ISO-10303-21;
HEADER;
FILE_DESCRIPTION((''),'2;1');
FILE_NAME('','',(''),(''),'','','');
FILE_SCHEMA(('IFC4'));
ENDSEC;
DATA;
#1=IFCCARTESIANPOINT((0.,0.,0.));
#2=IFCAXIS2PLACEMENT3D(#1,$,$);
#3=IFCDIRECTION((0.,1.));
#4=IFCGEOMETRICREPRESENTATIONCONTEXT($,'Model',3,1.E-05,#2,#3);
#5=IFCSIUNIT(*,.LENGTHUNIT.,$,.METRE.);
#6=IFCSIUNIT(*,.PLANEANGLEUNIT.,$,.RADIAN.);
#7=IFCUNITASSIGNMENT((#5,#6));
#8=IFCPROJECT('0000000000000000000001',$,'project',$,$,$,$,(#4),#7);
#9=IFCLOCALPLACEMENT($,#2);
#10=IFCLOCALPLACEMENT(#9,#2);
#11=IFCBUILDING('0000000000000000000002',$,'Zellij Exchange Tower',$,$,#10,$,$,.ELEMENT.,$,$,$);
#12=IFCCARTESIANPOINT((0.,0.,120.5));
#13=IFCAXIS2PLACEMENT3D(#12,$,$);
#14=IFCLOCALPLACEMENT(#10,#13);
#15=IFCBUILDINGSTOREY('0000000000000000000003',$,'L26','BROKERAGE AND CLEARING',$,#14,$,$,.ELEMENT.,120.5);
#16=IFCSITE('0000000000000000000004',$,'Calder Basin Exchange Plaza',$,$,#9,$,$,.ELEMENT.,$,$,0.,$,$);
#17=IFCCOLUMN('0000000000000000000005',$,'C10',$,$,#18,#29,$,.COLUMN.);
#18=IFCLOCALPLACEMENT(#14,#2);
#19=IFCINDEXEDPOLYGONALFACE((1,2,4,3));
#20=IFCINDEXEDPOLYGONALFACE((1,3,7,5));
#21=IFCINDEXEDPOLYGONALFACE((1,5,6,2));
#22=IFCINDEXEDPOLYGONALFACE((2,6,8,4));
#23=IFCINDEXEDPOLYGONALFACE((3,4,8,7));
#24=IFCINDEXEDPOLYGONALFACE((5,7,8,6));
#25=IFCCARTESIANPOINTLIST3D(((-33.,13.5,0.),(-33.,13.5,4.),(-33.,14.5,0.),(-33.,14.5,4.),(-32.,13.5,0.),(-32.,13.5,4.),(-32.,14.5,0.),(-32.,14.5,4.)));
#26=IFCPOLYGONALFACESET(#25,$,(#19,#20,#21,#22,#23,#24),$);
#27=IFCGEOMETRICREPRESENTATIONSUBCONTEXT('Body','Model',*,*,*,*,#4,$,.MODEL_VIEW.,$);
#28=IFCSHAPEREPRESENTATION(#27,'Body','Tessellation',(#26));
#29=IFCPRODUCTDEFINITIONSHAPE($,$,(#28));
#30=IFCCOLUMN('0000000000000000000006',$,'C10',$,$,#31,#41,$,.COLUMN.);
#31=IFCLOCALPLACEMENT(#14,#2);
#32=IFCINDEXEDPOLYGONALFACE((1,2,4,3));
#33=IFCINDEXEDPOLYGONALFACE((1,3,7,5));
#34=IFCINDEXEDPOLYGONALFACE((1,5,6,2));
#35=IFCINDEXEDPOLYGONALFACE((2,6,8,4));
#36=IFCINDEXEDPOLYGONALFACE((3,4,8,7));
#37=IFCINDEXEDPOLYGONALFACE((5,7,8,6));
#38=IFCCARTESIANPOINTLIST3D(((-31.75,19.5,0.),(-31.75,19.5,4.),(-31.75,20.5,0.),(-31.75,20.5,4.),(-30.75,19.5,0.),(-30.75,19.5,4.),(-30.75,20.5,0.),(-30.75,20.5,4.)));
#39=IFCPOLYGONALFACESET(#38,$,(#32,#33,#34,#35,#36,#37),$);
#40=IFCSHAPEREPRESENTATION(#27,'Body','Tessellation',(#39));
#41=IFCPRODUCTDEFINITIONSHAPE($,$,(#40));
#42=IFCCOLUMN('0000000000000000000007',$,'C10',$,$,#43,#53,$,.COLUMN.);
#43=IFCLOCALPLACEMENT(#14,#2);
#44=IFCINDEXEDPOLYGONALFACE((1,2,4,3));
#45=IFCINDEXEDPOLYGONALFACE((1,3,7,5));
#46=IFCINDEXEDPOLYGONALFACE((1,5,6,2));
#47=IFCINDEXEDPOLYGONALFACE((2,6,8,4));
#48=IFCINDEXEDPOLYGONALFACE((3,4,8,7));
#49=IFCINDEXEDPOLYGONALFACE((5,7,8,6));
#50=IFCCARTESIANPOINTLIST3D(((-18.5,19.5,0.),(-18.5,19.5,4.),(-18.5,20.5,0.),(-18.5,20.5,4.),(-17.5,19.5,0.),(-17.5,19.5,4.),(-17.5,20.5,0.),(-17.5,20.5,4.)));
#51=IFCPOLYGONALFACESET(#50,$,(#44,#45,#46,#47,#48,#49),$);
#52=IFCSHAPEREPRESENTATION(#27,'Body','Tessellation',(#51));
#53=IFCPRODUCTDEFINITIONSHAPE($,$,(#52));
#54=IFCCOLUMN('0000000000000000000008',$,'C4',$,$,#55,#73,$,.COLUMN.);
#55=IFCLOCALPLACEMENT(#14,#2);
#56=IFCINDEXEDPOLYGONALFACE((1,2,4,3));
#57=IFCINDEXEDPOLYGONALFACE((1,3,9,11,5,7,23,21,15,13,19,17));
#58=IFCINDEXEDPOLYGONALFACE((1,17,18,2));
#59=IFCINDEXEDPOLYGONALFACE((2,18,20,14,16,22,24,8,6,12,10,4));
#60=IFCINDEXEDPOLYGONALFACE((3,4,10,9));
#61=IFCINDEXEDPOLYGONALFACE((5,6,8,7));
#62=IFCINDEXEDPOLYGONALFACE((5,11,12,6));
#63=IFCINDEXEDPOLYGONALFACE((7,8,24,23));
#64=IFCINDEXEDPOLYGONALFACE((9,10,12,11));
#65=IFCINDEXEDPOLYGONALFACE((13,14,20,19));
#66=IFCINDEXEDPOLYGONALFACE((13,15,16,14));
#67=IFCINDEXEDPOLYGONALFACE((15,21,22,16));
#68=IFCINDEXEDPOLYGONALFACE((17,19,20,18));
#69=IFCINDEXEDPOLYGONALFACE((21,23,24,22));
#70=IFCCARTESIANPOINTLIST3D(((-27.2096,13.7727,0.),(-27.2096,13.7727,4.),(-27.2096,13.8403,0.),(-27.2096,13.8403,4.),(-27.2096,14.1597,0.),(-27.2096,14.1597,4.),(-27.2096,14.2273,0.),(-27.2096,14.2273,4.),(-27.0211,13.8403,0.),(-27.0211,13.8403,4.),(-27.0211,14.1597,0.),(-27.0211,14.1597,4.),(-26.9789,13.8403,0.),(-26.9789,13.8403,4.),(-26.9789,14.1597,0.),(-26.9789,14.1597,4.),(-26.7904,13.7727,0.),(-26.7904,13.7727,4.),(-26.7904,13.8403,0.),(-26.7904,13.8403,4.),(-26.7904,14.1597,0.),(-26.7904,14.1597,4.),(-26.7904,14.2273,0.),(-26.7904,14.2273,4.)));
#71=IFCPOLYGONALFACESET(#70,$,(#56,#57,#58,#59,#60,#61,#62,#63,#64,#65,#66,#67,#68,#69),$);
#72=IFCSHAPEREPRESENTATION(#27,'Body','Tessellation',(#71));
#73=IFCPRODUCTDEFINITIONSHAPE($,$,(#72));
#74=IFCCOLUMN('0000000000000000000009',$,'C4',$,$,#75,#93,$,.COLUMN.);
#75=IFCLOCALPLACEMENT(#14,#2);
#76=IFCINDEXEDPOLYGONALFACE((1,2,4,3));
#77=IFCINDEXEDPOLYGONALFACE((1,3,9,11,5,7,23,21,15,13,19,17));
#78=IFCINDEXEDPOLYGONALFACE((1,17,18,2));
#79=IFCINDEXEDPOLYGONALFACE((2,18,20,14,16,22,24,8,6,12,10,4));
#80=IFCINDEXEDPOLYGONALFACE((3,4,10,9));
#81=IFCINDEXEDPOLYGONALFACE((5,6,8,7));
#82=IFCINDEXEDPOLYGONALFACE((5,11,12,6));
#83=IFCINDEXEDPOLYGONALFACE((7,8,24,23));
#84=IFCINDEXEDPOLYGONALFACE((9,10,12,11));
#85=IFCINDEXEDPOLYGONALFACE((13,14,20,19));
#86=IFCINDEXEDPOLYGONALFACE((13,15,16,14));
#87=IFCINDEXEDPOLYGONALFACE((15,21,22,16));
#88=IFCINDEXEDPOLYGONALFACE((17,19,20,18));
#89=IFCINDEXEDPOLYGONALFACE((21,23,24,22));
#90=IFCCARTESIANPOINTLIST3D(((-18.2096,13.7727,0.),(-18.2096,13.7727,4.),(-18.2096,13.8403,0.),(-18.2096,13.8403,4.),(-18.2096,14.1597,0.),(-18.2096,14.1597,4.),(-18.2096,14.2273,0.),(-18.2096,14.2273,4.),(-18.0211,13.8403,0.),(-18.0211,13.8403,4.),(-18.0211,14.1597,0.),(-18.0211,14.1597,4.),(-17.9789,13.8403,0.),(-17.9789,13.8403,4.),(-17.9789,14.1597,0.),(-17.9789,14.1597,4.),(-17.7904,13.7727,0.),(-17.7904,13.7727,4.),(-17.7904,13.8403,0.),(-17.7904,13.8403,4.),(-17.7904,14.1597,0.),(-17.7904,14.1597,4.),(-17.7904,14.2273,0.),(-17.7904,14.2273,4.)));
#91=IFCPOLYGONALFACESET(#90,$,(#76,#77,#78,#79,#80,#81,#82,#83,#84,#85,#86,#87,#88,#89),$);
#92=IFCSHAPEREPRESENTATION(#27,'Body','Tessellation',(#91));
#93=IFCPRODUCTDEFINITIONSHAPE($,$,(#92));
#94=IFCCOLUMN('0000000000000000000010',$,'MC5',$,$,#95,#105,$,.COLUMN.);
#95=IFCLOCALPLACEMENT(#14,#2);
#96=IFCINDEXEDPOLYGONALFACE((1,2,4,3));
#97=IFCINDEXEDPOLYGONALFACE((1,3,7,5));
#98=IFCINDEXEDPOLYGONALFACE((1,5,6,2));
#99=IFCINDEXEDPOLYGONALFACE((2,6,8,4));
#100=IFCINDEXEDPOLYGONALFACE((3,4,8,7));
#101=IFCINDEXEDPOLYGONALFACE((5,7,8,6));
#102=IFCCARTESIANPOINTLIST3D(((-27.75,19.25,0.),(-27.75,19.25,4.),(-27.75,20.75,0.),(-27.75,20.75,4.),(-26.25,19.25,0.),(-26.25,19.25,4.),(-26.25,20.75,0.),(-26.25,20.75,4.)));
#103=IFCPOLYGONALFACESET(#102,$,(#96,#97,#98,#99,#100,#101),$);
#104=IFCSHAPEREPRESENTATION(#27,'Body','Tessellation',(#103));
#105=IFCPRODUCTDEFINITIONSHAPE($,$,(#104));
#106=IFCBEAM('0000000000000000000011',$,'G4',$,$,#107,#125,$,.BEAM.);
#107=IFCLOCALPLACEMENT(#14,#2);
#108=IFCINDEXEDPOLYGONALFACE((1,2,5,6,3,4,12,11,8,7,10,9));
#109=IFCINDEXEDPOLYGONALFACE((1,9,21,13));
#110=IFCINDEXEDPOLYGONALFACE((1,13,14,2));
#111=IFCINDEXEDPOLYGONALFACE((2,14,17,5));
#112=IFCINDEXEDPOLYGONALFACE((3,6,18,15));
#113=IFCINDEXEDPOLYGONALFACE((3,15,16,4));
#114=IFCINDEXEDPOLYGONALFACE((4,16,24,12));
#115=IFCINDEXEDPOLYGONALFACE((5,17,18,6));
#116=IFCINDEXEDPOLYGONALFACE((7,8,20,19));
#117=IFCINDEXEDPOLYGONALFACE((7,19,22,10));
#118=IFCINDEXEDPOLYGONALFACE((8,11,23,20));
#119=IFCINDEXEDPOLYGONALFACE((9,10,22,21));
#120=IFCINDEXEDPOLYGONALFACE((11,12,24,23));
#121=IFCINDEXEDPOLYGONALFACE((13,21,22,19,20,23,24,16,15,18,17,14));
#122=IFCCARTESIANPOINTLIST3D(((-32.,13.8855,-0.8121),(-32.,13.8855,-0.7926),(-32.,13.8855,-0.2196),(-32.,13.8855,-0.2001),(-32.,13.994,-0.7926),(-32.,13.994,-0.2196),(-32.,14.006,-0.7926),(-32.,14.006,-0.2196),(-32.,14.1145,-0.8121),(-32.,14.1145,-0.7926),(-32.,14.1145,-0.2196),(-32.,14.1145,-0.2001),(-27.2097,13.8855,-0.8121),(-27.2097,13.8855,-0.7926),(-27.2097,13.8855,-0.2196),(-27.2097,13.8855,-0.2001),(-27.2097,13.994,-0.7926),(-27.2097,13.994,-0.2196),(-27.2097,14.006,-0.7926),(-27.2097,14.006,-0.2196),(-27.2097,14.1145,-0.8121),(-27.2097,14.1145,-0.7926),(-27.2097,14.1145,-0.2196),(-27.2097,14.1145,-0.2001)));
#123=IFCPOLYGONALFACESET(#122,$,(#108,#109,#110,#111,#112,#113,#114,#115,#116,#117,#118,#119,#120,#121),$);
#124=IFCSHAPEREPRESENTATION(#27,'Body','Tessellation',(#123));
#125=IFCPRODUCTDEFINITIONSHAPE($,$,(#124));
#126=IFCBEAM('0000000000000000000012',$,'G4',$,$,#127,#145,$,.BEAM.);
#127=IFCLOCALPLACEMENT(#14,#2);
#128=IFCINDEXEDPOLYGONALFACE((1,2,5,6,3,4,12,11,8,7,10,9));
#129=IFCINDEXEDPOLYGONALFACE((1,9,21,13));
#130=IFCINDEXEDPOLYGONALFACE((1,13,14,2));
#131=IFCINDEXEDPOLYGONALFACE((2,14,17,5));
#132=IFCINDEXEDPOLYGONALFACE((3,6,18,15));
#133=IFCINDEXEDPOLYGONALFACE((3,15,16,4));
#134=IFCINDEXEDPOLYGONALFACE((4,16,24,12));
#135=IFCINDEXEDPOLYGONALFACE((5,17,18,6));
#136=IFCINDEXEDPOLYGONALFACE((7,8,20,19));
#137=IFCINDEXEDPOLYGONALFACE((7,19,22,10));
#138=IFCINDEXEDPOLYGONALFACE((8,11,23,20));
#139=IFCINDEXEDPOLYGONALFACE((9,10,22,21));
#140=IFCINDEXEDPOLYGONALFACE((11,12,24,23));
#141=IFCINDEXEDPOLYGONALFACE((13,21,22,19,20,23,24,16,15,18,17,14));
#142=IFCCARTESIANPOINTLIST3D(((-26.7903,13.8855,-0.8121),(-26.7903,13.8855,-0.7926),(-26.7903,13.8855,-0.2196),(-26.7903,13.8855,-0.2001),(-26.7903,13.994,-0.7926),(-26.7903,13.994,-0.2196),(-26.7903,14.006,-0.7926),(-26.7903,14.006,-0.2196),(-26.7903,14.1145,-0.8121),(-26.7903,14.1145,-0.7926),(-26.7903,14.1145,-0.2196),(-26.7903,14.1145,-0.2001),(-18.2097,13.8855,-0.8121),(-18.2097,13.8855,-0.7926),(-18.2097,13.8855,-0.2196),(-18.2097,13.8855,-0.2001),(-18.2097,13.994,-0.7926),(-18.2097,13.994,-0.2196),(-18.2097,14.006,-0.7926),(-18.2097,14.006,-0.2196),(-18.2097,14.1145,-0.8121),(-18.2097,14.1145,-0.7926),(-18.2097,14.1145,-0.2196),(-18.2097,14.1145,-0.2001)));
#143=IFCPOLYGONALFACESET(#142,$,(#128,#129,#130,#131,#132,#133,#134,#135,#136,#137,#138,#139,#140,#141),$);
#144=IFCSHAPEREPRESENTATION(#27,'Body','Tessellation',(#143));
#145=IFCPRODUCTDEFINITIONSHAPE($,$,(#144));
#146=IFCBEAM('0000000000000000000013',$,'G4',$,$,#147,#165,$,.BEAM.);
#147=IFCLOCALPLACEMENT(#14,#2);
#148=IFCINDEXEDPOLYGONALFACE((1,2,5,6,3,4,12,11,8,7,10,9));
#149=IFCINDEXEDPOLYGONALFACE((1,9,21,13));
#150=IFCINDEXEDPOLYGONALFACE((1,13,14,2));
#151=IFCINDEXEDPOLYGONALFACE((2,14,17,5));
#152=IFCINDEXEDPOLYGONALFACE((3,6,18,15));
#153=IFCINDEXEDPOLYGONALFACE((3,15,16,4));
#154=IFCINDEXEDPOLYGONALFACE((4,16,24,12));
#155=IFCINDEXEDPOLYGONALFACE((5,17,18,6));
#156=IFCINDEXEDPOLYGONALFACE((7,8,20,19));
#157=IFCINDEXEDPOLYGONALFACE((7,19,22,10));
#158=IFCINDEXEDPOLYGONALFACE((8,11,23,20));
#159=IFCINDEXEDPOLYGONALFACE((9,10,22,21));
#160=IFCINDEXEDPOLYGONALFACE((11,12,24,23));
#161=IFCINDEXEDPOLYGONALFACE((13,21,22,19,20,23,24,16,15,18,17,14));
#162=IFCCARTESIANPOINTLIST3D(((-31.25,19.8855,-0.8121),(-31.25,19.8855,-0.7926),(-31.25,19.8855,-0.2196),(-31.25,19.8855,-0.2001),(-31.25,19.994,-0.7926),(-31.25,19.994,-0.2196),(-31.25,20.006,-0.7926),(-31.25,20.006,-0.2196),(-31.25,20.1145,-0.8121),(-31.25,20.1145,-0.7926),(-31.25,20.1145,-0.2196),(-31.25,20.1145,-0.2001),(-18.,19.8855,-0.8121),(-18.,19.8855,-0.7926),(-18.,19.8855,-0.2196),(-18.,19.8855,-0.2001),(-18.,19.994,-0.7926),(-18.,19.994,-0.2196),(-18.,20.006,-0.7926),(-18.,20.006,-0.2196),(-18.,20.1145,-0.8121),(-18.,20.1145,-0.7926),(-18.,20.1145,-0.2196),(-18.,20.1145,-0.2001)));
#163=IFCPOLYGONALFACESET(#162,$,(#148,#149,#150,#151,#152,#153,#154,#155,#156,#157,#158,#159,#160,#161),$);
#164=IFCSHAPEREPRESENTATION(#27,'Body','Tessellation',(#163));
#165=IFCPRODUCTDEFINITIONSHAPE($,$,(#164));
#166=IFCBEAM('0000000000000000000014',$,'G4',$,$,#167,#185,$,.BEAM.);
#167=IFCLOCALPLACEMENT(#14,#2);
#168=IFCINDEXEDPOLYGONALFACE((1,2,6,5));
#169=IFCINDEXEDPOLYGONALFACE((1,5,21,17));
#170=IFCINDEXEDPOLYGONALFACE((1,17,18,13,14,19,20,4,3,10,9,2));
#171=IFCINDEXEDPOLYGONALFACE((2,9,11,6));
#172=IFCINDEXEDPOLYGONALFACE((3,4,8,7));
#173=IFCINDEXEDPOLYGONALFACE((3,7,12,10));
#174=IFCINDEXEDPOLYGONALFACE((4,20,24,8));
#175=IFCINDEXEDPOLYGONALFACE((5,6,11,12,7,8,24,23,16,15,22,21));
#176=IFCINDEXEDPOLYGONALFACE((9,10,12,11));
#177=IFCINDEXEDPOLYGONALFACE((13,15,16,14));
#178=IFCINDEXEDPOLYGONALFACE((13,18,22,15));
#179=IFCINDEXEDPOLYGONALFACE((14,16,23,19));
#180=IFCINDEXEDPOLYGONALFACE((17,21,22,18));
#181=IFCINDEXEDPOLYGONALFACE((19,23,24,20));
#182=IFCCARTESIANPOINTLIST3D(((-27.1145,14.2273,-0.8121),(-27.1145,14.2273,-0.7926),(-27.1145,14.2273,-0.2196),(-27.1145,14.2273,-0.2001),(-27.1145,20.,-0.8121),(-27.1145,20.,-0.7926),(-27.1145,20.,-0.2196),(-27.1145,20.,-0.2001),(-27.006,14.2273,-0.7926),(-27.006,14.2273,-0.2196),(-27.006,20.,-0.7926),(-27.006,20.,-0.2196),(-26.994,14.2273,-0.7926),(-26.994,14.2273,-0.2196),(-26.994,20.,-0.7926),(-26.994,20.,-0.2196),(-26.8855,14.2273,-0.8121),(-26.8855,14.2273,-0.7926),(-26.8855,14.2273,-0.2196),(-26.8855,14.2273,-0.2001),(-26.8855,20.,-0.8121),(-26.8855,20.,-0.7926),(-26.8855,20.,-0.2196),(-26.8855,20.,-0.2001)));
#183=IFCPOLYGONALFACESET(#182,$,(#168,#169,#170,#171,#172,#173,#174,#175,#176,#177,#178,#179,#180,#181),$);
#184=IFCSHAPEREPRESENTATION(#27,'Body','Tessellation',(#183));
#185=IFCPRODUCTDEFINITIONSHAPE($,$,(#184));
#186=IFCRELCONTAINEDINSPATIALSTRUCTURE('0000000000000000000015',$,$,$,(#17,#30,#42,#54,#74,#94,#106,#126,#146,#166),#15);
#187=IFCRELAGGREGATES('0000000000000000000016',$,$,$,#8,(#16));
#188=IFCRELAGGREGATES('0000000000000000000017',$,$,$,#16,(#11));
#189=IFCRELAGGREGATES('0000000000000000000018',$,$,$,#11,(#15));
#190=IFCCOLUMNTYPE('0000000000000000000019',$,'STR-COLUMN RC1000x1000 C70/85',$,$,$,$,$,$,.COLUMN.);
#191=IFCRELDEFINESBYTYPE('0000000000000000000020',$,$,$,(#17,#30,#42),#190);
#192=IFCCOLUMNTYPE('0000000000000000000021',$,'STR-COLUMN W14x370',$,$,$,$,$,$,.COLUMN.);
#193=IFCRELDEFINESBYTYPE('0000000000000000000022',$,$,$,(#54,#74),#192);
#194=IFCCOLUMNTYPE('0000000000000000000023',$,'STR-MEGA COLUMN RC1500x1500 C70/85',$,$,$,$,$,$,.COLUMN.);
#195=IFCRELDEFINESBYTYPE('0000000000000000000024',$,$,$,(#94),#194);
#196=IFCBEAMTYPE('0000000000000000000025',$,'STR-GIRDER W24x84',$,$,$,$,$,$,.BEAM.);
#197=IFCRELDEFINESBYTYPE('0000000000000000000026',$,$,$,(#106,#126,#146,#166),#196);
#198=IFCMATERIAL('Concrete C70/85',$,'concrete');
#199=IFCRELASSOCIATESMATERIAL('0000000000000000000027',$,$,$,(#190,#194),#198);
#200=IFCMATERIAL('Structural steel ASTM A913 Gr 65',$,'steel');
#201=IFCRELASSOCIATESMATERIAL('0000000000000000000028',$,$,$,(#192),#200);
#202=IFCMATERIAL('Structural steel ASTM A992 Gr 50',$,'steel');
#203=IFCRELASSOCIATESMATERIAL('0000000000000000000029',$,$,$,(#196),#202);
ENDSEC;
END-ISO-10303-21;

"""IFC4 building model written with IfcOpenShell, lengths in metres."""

from ifc_helpers import new_model, si_unit, direction, frame, origin, origin_2d, place, context, subcontext, project, spatial, rectangle, i_section, extrude, material, material_profile, profile_set, type_object, element, save


model = new_model("IFC4")

# Units and contexts
model_context = context("Model", 3, precision=1e-05, world=origin(), true_north=direction((0.0, 1.0)))
body_context = subcontext(model_context, "Body", "Model", "MODEL_VIEW")
ifc_project = project(units=[si_unit("LENGTHUNIT", "METRE"), si_unit("PLANEANGLEUNIT", "RADIAN")], contexts=[model_context])

# Site, building, storey
site_placement = place(None, origin())
site = spatial("IfcSite", under=ifc_project, at=site_placement, Name="Calder Basin Exchange Plaza", CompositionType="ELEMENT", RefElevation=0.0)
building_placement = place(site_placement, origin())
building = spatial("IfcBuilding", under=site, at=building_placement, Name="Zellij Exchange Tower", CompositionType="ELEMENT")
storey_placement = place(building_placement, frame((0.0, 0.0, 120.5)))
storey = spatial("IfcBuildingStorey", under=building, at=storey_placement, Name="L26", Description="BROKERAGE AND CLEARING", CompositionType="ELEMENT", Elevation=120.5)

# Columns
ifc_material_1 = material(Name="Concrete C70/85", Category="concrete")
ifc_material_profile_1 = material_profile(ifc_material_1, rectangle(XDim=1.0, YDim=1.0, at=origin_2d()), Name="STR-COLUMN RC1000x1000 C70/85")
ifc_profile_set_1 = profile_set([ifc_material_profile_1], Name="Concrete C70/85")
column_type_1 = type_object("IfcColumnType", Name="STR-COLUMN RC1000x1000 C70/85", PredefinedType="COLUMN", material=ifc_profile_set_1)
for number, where, z_axis, x_axis, name in (
    (1, (-32.5, 14.0, 0.0), (0.0, 0.0, 1.0), (1.0, 0.0, 0.0), "C10"),
    (2, (-31.25, 20.0, 0.0), (0.0, 0.0, 1.0), (1.0, 0.0, 0.0), "C10"),
    (3, (-18.0, 20.0, 0.0), (0.0, 0.0, 1.0), (1.0, 0.0, 0.0), "C10"),
):
    element("IfcColumn", number, at=place(storey_placement, frame(where, z_axis=z_axis, x_axis=x_axis)), inside=storey, type_object=column_type_1, Name=name, PredefinedType="COLUMN", context=body_context, shape_type="SweptSolid", body=[
        extrude(rectangle(XDim=1.0, YDim=1.0, at=origin_2d()), origin(), (0.0, 0.0, 1.0), 4.0),
    ])
ifc_material_2 = material(Name="Structural steel ASTM A913 Gr 65", Category="steel")
ifc_material_profile_2 = material_profile(ifc_material_2, i_section(OverallWidth=0.4192, OverallDepth=0.4546, WebThickness=0.0422, FlangeThickness=0.0676, at=origin_2d()), Name="W14x370")
ifc_profile_set_2 = profile_set([ifc_material_profile_2], Name="Structural steel ASTM A913 Gr 65")
column_type_2 = type_object("IfcColumnType", Name="STR-COLUMN W14x370", PredefinedType="COLUMN", material=ifc_profile_set_2)
for number, where, z_axis, x_axis, name in (
    (4, (-27.0, 14.0, 0.0), (0.0, 0.0, 1.0), (1.0, 0.0, 0.0), "C4"),
    (5, (-18.0, 14.0, 0.0), (0.0, 0.0, 1.0), (1.0, 0.0, 0.0), "C4"),
):
    element("IfcColumn", number, at=place(storey_placement, frame(where, z_axis=z_axis, x_axis=x_axis)), inside=storey, type_object=column_type_2, Name=name, PredefinedType="COLUMN", context=body_context, shape_type="SweptSolid", body=[
        extrude(i_section(OverallWidth=0.4192, OverallDepth=0.4546, WebThickness=0.0422, FlangeThickness=0.0676, at=origin_2d()), origin(), (0.0, 0.0, 1.0), 4.0),
    ])
ifc_material_profile_3 = material_profile(ifc_material_1, rectangle(XDim=1.5, YDim=1.5, at=origin_2d()), Name="STR-MEGA COLUMN RC1500x1500 C70/85")
ifc_profile_set_3 = profile_set([ifc_material_profile_3], Name="Concrete C70/85")
column_type_3 = type_object("IfcColumnType", Name="STR-MEGA COLUMN RC1500x1500 C70/85", PredefinedType="COLUMN", material=ifc_profile_set_3)
column_placement = place(storey_placement, frame((-27.0, 20.0, 0.0), z_axis=(0.0, 0.0, 1.0), x_axis=(1.0, 0.0, 0.0)))
element("IfcColumn", 6, at=column_placement, inside=storey, type_object=column_type_3, Name="MC5", PredefinedType="COLUMN", context=body_context, shape_type="SweptSolid", body=[
    extrude(rectangle(XDim=1.5, YDim=1.5, at=origin_2d()), origin(), (0.0, 0.0, 1.0), 4.0),
])

# Beams
ifc_material_3 = material(Name="Structural steel ASTM A992 Gr 50", Category="steel")
ifc_material_profile_4 = material_profile(ifc_material_3, i_section(OverallWidth=0.229, OverallDepth=0.6121, WebThickness=0.012, FlangeThickness=0.0195, at=origin_2d()), Name="W24x84")
ifc_profile_set_4 = profile_set([ifc_material_profile_4], Name="Structural steel ASTM A992 Gr 50")
beam_type = type_object("IfcBeamType", Name="STR-GIRDER W24x84", PredefinedType="BEAM", material=ifc_profile_set_4)
beam_1_placement = place(storey_placement, frame((-32.0, 14.0, -0.5061), z_axis=(1.0, 0.0, 0.0), x_axis=(0.0, 1.0, 0.0)))
element("IfcBeam", 7, at=beam_1_placement, inside=storey, type_object=beam_type, Name="G4", PredefinedType="BEAM", context=body_context, shape_type="SweptSolid", body=[
    extrude(i_section(OverallWidth=0.229, OverallDepth=0.6121, WebThickness=0.012, FlangeThickness=0.0195, at=origin_2d()), origin(), (0.0, 0.0, 1.0), 4.7903),
])
beam_2_placement = place(storey_placement, frame((-26.7903, 14.0, -0.5061), z_axis=(1.0, 0.0, 0.0), x_axis=(0.0, 1.0, 0.0)))
element("IfcBeam", 8, at=beam_2_placement, inside=storey, type_object=beam_type, Name="G4", PredefinedType="BEAM", context=body_context, shape_type="SweptSolid", body=[
    extrude(i_section(OverallWidth=0.229, OverallDepth=0.6121, WebThickness=0.012, FlangeThickness=0.0195, at=origin_2d()), origin(), (0.0, 0.0, 1.0), 8.5806),
])
beam_3_placement = place(storey_placement, frame((-31.25, 20.0, -0.5061), z_axis=(1.0, 0.0, 0.0), x_axis=(0.0, 1.0, 0.0)))
element("IfcBeam", 9, at=beam_3_placement, inside=storey, type_object=beam_type, Name="G4", PredefinedType="BEAM", context=body_context, shape_type="SweptSolid", body=[
    extrude(i_section(OverallWidth=0.229, OverallDepth=0.6121, WebThickness=0.012, FlangeThickness=0.0195, at=origin_2d()), origin(), (0.0, 0.0, 1.0), 13.25),
])
for number, where, z_axis, x_axis, name in (
    (10, (-27.0, 14.2273, -0.5061), (0.0, 1.0, 0.0), (-1.0, 0.0, 0.0), "G4"),
):
    element("IfcBeam", number, at=place(storey_placement, frame(where, z_axis=z_axis, x_axis=x_axis)), inside=storey, type_object=beam_type, Name=name, PredefinedType="BEAM", context=body_context, shape_type="SweptSolid", body=[
        extrude(i_section(OverallWidth=0.229, OverallDepth=0.6121, WebThickness=0.012, FlangeThickness=0.0195, at=origin_2d()), origin(), (0.0, 0.0, 1.0), 5.7727),
    ])

save(model, "model.ifc")
